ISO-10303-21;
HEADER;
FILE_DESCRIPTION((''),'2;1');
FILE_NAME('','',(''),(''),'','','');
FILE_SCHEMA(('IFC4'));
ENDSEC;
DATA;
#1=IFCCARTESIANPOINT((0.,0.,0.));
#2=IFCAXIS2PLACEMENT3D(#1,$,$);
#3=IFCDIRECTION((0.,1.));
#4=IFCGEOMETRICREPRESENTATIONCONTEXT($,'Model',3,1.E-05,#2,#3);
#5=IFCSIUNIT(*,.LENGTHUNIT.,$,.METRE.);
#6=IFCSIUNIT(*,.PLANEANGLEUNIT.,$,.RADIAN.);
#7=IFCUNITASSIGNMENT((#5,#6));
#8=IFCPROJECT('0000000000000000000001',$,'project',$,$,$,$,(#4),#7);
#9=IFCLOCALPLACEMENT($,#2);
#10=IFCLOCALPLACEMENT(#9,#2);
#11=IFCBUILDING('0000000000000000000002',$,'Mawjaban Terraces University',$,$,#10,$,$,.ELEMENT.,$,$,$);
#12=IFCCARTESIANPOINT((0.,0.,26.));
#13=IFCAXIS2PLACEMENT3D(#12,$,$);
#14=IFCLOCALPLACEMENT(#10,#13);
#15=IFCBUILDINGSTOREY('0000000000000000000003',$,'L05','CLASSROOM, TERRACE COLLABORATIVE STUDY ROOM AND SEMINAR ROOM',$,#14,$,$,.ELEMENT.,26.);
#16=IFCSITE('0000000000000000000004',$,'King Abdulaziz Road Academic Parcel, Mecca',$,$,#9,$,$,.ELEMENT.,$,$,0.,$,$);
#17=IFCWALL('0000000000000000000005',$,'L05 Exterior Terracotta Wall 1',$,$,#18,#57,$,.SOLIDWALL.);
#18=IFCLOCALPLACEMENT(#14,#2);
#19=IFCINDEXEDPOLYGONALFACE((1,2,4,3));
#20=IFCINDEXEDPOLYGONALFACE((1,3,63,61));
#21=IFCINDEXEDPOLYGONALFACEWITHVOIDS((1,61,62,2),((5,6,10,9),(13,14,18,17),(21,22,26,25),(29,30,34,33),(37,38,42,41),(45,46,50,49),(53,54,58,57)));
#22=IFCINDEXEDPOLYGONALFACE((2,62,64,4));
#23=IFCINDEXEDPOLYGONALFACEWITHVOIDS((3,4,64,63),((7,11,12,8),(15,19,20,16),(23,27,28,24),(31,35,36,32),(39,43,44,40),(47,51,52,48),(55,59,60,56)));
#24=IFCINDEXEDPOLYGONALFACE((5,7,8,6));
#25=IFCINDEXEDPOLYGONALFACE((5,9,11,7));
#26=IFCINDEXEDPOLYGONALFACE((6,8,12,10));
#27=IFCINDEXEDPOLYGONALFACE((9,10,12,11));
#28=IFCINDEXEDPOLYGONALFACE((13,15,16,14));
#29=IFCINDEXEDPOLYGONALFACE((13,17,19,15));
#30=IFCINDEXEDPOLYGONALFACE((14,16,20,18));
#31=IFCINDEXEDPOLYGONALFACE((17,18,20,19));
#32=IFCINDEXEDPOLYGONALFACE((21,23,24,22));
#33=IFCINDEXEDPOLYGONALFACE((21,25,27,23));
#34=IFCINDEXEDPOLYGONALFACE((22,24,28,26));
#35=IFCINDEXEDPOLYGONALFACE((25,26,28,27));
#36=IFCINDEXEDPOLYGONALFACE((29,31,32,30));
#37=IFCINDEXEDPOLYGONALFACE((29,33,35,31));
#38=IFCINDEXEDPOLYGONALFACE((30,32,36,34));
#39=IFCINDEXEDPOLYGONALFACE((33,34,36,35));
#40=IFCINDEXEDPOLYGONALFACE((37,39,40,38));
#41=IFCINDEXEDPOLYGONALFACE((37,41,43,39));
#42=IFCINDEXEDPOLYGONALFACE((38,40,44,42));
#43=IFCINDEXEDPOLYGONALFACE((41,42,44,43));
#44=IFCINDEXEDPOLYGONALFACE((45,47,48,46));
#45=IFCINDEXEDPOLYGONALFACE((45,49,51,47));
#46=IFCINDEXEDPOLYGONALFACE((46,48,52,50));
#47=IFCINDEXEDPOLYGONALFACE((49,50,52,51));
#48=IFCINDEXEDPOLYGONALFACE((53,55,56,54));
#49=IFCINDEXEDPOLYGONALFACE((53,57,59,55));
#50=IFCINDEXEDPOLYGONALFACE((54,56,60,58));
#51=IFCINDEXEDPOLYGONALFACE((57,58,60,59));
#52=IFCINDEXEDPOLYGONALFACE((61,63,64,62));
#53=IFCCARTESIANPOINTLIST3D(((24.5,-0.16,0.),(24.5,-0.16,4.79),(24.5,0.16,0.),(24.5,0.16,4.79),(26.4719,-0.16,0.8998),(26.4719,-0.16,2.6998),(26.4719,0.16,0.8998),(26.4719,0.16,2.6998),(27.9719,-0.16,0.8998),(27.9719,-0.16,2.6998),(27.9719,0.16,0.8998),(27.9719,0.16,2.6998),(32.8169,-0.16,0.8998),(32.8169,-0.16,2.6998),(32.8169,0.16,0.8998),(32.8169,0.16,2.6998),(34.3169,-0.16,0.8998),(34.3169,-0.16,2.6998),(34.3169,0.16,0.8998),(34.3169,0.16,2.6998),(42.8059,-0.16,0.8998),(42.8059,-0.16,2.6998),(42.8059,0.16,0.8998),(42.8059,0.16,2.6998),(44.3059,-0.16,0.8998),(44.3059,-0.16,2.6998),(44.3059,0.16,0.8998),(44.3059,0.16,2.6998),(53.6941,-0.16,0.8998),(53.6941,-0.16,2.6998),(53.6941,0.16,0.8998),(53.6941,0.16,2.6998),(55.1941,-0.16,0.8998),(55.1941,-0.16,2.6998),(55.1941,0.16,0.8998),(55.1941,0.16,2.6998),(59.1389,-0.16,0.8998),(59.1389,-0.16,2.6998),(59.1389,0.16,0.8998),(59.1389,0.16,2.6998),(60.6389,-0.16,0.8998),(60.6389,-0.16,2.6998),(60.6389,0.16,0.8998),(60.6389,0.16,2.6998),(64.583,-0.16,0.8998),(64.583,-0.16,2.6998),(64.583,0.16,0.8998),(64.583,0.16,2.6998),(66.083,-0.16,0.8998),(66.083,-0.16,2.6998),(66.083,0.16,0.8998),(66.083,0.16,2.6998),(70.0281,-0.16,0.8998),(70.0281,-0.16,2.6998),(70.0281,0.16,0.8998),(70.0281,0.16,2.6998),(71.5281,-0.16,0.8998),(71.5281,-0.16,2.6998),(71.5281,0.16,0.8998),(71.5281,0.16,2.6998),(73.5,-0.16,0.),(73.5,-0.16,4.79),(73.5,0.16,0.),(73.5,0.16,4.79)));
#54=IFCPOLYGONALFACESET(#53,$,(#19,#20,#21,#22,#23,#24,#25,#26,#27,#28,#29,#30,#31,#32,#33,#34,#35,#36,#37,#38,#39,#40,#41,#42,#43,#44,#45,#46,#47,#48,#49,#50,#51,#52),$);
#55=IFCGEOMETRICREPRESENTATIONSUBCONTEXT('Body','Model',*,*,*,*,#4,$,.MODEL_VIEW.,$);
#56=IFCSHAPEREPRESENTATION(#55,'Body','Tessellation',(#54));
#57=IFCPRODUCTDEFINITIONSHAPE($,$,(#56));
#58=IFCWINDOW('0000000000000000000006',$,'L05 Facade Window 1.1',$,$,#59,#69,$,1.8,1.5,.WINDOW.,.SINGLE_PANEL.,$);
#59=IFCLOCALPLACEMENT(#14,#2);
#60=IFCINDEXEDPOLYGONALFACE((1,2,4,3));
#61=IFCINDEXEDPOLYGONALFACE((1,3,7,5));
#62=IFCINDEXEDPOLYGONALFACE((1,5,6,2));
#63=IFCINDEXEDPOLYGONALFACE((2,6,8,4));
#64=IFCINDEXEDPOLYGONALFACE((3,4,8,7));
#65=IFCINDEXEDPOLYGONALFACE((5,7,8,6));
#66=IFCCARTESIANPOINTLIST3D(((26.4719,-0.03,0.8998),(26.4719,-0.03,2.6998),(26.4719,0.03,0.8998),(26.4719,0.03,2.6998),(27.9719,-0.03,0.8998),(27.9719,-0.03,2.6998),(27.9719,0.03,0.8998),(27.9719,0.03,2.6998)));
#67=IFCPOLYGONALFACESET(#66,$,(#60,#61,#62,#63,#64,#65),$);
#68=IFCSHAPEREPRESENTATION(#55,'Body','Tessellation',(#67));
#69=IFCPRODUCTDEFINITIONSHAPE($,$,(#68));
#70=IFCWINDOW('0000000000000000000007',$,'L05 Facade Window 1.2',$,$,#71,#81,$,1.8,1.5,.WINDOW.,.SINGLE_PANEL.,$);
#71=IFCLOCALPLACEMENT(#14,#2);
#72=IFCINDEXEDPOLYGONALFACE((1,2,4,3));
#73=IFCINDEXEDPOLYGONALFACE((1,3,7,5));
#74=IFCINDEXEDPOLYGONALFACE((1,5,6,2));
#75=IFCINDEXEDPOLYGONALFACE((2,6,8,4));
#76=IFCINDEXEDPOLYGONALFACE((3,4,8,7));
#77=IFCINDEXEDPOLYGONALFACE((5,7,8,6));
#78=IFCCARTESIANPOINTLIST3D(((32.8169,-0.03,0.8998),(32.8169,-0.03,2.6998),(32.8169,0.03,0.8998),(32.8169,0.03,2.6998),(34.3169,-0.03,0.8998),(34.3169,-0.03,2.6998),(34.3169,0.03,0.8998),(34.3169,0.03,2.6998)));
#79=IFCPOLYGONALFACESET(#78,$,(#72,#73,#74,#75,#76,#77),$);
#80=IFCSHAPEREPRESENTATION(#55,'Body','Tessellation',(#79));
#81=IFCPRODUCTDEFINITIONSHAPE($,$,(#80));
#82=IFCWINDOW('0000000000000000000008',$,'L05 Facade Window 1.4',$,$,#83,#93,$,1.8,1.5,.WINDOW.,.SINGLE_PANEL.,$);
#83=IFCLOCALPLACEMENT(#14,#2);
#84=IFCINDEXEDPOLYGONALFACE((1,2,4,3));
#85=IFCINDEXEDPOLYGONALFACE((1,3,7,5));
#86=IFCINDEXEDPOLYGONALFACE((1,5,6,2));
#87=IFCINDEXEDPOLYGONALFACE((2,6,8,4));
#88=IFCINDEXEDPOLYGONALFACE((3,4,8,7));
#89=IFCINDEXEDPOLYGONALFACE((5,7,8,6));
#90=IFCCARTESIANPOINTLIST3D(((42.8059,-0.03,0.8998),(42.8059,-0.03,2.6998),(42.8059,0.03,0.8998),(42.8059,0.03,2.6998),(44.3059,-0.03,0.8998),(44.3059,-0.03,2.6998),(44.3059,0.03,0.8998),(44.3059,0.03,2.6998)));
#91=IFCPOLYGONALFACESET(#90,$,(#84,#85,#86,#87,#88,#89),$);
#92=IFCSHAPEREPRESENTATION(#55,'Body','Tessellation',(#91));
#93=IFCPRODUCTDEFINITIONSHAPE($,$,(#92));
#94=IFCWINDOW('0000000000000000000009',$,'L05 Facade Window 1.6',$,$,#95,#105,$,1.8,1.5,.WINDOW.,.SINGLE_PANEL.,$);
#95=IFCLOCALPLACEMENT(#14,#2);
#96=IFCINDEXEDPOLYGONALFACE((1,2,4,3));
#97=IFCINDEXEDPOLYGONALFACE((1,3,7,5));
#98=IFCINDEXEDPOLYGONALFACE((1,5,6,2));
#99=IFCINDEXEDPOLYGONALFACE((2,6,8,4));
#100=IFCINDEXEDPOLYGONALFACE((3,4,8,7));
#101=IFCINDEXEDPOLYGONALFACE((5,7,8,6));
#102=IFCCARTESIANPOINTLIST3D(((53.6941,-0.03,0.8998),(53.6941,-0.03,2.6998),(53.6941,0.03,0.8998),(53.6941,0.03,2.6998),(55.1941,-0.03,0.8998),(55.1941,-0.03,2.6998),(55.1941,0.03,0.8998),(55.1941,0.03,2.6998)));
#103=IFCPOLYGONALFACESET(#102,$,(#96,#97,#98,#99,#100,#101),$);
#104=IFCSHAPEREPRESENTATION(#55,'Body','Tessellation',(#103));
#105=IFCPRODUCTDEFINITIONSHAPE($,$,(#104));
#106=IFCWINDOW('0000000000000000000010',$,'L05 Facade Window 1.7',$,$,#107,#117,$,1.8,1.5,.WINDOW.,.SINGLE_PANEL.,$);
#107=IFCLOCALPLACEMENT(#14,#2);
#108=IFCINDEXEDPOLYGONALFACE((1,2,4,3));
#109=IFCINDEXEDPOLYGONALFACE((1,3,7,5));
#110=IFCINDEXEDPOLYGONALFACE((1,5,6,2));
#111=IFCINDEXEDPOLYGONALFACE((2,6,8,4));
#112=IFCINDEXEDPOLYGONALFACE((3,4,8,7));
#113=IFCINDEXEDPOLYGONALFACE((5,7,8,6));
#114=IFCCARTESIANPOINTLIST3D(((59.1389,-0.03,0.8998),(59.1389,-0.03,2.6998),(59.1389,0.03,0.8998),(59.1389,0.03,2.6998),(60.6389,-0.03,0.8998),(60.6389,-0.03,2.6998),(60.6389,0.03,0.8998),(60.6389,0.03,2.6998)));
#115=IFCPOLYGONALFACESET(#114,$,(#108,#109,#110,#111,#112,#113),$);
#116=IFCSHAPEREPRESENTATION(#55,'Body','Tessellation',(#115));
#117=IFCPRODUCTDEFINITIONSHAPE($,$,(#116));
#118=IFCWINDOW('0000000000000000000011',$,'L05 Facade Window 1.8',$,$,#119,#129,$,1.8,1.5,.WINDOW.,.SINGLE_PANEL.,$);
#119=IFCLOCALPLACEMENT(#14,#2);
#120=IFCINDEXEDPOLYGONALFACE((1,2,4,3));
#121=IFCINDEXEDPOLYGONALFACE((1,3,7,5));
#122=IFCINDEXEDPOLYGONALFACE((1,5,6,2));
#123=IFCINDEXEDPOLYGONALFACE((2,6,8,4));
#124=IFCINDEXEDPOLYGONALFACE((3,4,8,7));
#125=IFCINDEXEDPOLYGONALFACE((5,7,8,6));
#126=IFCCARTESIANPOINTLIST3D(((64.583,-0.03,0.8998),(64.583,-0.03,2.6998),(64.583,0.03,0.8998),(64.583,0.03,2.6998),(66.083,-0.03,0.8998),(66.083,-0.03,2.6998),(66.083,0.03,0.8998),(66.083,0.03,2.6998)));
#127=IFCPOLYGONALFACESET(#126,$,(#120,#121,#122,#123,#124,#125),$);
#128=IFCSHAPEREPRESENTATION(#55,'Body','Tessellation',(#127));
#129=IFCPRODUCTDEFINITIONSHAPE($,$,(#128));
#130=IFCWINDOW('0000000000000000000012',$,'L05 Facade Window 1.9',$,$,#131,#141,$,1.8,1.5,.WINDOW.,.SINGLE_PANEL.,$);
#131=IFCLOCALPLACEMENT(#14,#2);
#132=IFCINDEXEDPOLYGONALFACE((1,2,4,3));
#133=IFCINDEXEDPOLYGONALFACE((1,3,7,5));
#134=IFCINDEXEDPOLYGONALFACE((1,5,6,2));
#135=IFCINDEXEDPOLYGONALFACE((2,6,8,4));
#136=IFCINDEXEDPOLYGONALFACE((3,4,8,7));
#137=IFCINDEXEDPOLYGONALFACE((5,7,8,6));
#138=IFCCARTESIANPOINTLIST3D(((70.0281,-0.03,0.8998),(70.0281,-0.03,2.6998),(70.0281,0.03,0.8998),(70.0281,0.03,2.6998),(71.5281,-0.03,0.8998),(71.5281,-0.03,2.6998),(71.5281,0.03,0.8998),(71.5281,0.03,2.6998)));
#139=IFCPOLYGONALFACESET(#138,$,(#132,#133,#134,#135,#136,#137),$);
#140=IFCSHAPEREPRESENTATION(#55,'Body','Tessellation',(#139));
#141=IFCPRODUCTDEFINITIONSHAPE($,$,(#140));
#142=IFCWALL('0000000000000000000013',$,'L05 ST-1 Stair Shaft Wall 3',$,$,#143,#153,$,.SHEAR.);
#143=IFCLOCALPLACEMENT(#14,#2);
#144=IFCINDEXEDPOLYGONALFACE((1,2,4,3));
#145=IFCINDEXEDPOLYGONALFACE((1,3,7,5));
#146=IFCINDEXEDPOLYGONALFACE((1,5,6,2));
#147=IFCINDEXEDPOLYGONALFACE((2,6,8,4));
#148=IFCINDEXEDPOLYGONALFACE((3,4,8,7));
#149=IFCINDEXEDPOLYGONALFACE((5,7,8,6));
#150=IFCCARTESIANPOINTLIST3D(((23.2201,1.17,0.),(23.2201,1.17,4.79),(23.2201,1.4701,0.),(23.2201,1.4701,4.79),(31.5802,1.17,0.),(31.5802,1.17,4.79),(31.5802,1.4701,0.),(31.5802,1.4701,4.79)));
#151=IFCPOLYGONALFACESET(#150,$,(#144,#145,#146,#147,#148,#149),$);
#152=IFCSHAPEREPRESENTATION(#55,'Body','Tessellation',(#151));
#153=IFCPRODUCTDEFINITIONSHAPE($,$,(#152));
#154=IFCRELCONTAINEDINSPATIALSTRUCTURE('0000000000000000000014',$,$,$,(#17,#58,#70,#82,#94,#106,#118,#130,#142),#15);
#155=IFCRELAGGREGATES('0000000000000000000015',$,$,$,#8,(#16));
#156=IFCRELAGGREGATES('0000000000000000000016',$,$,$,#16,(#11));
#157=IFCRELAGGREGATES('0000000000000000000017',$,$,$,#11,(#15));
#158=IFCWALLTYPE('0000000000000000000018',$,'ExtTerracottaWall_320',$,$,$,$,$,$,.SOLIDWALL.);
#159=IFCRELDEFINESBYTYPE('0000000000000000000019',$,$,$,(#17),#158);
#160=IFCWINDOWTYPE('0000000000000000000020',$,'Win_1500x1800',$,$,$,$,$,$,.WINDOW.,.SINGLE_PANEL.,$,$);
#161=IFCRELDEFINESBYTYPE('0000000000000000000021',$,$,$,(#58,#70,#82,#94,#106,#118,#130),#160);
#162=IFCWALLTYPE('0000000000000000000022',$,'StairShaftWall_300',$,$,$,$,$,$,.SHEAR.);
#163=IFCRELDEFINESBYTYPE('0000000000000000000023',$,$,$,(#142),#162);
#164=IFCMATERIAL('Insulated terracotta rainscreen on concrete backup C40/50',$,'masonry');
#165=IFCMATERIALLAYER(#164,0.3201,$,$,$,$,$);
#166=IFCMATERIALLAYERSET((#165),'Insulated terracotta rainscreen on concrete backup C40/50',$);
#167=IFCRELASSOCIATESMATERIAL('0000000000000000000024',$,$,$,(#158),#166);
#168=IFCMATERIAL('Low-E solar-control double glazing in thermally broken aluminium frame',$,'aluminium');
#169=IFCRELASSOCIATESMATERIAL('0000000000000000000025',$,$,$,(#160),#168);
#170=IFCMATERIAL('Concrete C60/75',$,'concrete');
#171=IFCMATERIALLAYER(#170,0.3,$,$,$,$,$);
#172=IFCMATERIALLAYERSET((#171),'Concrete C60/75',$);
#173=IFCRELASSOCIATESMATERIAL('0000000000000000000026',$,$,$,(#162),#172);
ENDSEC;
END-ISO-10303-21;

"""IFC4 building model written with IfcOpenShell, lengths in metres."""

from ifc_helpers import new_model, si_unit, direction, frame, frame_2d, origin, place, context, subcontext, project, spatial, rectangle, extrude, material, layer, layer_set, type_object, element, fill, save


model = new_model("IFC4")

# Units and contexts
model_context = context("Model", 3, precision=1e-05, world=origin(), true_north=direction((0.0, 1.0)))
body_context = subcontext(model_context, "Body", "Model", "MODEL_VIEW")
ifc_project = project(units=[si_unit("LENGTHUNIT", "METRE"), si_unit("PLANEANGLEUNIT", "RADIAN")], contexts=[model_context])

# Site, building, storey
site_placement = place(None, origin())
site = spatial("IfcSite", under=ifc_project, at=site_placement, Name="King Abdulaziz Road Academic Parcel, Mecca", CompositionType="ELEMENT", RefElevation=0.0)
building_placement = place(site_placement, origin())
building = spatial("IfcBuilding", under=site, at=building_placement, Name="Mawjaban Terraces University", CompositionType="ELEMENT")
storey_placement = place(building_placement, frame((0.0, 0.0, 26.0)))
storey = spatial("IfcBuildingStorey", under=building, at=storey_placement, Name="L05", Description="CLASSROOM, TERRACE COLLABORATIVE STUDY ROOM AND SEMINAR ROOM", CompositionType="ELEMENT", Elevation=26.0)

# Wall, openings, windows
ifc_material_1 = material(Name="Insulated terracotta rainscreen on concrete backup C40/50", Category="masonry")
ifc_layer_1 = layer(ifc_material_1, 0.3201)
ifc_layer_set_1 = layer_set([ifc_layer_1], Name="Insulated terracotta rainscreen on concrete backup C40/50")
wall_type_1 = type_object("IfcWallType", Name="ExtTerracottaWall_320", PredefinedType="SOLIDWALL", material=ifc_layer_set_1)
wall_1_placement = place(storey_placement, frame((24.5, 0.0, 0.0), z_axis=(0.0, 0.0, 1.0), x_axis=(1.0, 0.0, 0.0)))
wall_1 = element("IfcWall", 1, at=wall_1_placement, inside=storey, type_object=wall_type_1, Name="L05 Exterior Terracotta Wall 1", PredefinedType="SOLIDWALL", context=body_context, shape_type="SweptSolid", body=[
    extrude(rectangle(XDim=49.0, YDim=0.3201, at=frame_2d((24.5, 0.0))), origin(), (0.0, 0.0, 1.0), 4.79),
])
opening_1_placement = place(wall_1_placement, frame((1.9719, 0.0, 0.8999)))
opening_1 = element("IfcOpeningElement", 2, at=opening_1_placement, cuts=wall_1, PredefinedType="OPENING", context=body_context, shape_type="SweptSolid", body=[
    extrude(rectangle(XDim=1.5, YDim=1.8, at=frame_2d((0.75, 0.8999))), frame((0.0, 0.1699, 0.0), z_axis=(0.0, -1.0, 0.0), x_axis=(1.0, 0.0, 0.0)), (0.0, 0.0, 1.0), 0.3401),
])
opening_2_placement = place(wall_1_placement, frame((8.3169, 0.0, 0.8999)))
opening_2 = element("IfcOpeningElement", 3, at=opening_2_placement, cuts=wall_1, PredefinedType="OPENING", context=body_context, shape_type="SweptSolid", body=[
    extrude(rectangle(XDim=1.5, YDim=1.8, at=frame_2d((0.75, 0.8999))), frame((0.0, 0.1699, 0.0), z_axis=(0.0, -1.0, 0.0), x_axis=(1.0, 0.0, 0.0)), (0.0, 0.0, 1.0), 0.3401),
])
opening_3_placement = place(wall_1_placement, frame((18.3059, 0.0, 0.8999)))
opening_3 = element("IfcOpeningElement", 4, at=opening_3_placement, cuts=wall_1, PredefinedType="OPENING", context=body_context, shape_type="SweptSolid", body=[
    extrude(rectangle(XDim=1.5, YDim=1.8, at=frame_2d((0.75, 0.8999))), frame((0.0, 0.1699, 0.0), z_axis=(0.0, -1.0, 0.0), x_axis=(1.0, 0.0, 0.0)), (0.0, 0.0, 1.0), 0.3401),
])
opening_4_placement = place(wall_1_placement, frame((29.1941, 0.0, 0.8999)))
opening_4 = element("IfcOpeningElement", 5, at=opening_4_placement, cuts=wall_1, PredefinedType="OPENING", context=body_context, shape_type="SweptSolid", body=[
    extrude(rectangle(XDim=1.5, YDim=1.8, at=frame_2d((0.75, 0.8999))), frame((0.0, 0.1699, 0.0), z_axis=(0.0, -1.0, 0.0), x_axis=(1.0, 0.0, 0.0)), (0.0, 0.0, 1.0), 0.3401),
])
opening_5_placement = place(wall_1_placement, frame((34.6389, 0.0, 0.8999)))
opening_5 = element("IfcOpeningElement", 6, at=opening_5_placement, cuts=wall_1, PredefinedType="OPENING", context=body_context, shape_type="SweptSolid", body=[
    extrude(rectangle(XDim=1.5, YDim=1.8, at=frame_2d((0.75, 0.8999))), frame((0.0, 0.1699, 0.0), z_axis=(0.0, -1.0, 0.0), x_axis=(1.0, 0.0, 0.0)), (0.0, 0.0, 1.0), 0.3401),
])
opening_6_placement = place(wall_1_placement, frame((40.083, 0.0, 0.8999)))
opening_6 = element("IfcOpeningElement", 7, at=opening_6_placement, cuts=wall_1, PredefinedType="OPENING", context=body_context, shape_type="SweptSolid", body=[
    extrude(rectangle(XDim=1.5, YDim=1.8, at=frame_2d((0.75, 0.8999))), frame((0.0, 0.1699, 0.0), z_axis=(0.0, -1.0, 0.0), x_axis=(1.0, 0.0, 0.0)), (0.0, 0.0, 1.0), 0.3401),
])
opening_7_placement = place(wall_1_placement, frame((45.5281, 0.0, 0.8999)))
opening_7 = element("IfcOpeningElement", 8, at=opening_7_placement, cuts=wall_1, PredefinedType="OPENING", context=body_context, shape_type="SweptSolid", body=[
    extrude(rectangle(XDim=1.5, YDim=1.8, at=frame_2d((0.75, 0.8999))), frame((0.0, 0.1699, 0.0), z_axis=(0.0, -1.0, 0.0), x_axis=(1.0, 0.0, 0.0)), (0.0, 0.0, 1.0), 0.3401),
])
ifc_material_2 = material(Name="Low-E solar-control double glazing in thermally broken aluminium frame", Category="aluminium")
window_type = type_object("IfcWindowType", Name="Win_1500x1800", PartitioningType="SINGLE_PANEL", PredefinedType="WINDOW", material=ifc_material_2)
window_1_placement = place(opening_1_placement, origin())
window_1 = element("IfcWindow", 9, at=window_1_placement, inside=storey, type_object=window_type, Name="L05 Facade Window 1.1", OverallHeight=1.8, OverallWidth=1.5, PartitioningType="SINGLE_PANEL", PredefinedType="WINDOW", context=body_context, shape_type="SweptSolid", body=[
    extrude(rectangle(XDim=1.5, YDim=1.8, at=frame_2d((0.75, 0.8999))), frame((0.0, 0.03, 0.0), z_axis=(0.0, -1.0, 0.0), x_axis=(1.0, 0.0, 0.0)), (0.0, 0.0, 1.0), 0.0601),
])
fill(opening_1, window_1)
window_2_placement = place(opening_2_placement, origin())
window_2 = element("IfcWindow", 10, at=window_2_placement, inside=storey, type_object=window_type, Name="L05 Facade Window 1.2", OverallHeight=1.8, OverallWidth=1.5, PartitioningType="SINGLE_PANEL", PredefinedType="WINDOW", context=body_context, shape_type="SweptSolid", body=[
    extrude(rectangle(XDim=1.5, YDim=1.8, at=frame_2d((0.75, 0.8999))), frame((0.0, 0.03, 0.0), z_axis=(0.0, -1.0, 0.0), x_axis=(1.0, 0.0, 0.0)), (0.0, 0.0, 1.0), 0.0601),
])
fill(opening_2, window_2)
window_3_placement = place(opening_3_placement, origin())
window_3 = element("IfcWindow", 11, at=window_3_placement, inside=storey, type_object=window_type, Name="L05 Facade Window 1.4", OverallHeight=1.8, OverallWidth=1.5, PartitioningType="SINGLE_PANEL", PredefinedType="WINDOW", context=body_context, shape_type="SweptSolid", body=[
    extrude(rectangle(XDim=1.5, YDim=1.8, at=frame_2d((0.75, 0.8999))), frame((0.0, 0.03, 0.0), z_axis=(0.0, -1.0, 0.0), x_axis=(1.0, 0.0, 0.0)), (0.0, 0.0, 1.0), 0.0601),
])
fill(opening_3, window_3)
window_4_placement = place(opening_4_placement, origin())
window_4 = element("IfcWindow", 12, at=window_4_placement, inside=storey, type_object=window_type, Name="L05 Facade Window 1.6", OverallHeight=1.8, OverallWidth=1.5, PartitioningType="SINGLE_PANEL", PredefinedType="WINDOW", context=body_context, shape_type="SweptSolid", body=[
    extrude(rectangle(XDim=1.5, YDim=1.8, at=frame_2d((0.75, 0.8999))), frame((0.0, 0.03, 0.0), z_axis=(0.0, -1.0, 0.0), x_axis=(1.0, 0.0, 0.0)), (0.0, 0.0, 1.0), 0.0601),
])
fill(opening_4, window_4)
window_5_placement = place(opening_5_placement, origin())
window_5 = element("IfcWindow", 13, at=window_5_placement, inside=storey, type_object=window_type, Name="L05 Facade Window 1.7", OverallHeight=1.8, OverallWidth=1.5, PartitioningType="SINGLE_PANEL", PredefinedType="WINDOW", context=body_context, shape_type="SweptSolid", body=[
    extrude(rectangle(XDim=1.5, YDim=1.8, at=frame_2d((0.75, 0.8999))), frame((0.0, 0.03, 0.0), z_axis=(0.0, -1.0, 0.0), x_axis=(1.0, 0.0, 0.0)), (0.0, 0.0, 1.0), 0.0601),
])
fill(opening_5, window_5)
window_6_placement = place(opening_6_placement, origin())
window_6 = element("IfcWindow", 14, at=window_6_placement, inside=storey, type_object=window_type, Name="L05 Facade Window 1.8", OverallHeight=1.8, OverallWidth=1.5, PartitioningType="SINGLE_PANEL", PredefinedType="WINDOW", context=body_context, shape_type="SweptSolid", body=[
    extrude(rectangle(XDim=1.5, YDim=1.8, at=frame_2d((0.75, 0.8999))), frame((0.0, 0.03, 0.0), z_axis=(0.0, -1.0, 0.0), x_axis=(1.0, 0.0, 0.0)), (0.0, 0.0, 1.0), 0.0601),
])
fill(opening_6, window_6)
window_7_placement = place(opening_7_placement, origin())
window_7 = element("IfcWindow", 15, at=window_7_placement, inside=storey, type_object=window_type, Name="L05 Facade Window 1.9", OverallHeight=1.8, OverallWidth=1.5, PartitioningType="SINGLE_PANEL", PredefinedType="WINDOW", context=body_context, shape_type="SweptSolid", body=[
    extrude(rectangle(XDim=1.5, YDim=1.8, at=frame_2d((0.75, 0.8999))), frame((0.0, 0.03, 0.0), z_axis=(0.0, -1.0, 0.0), x_axis=(1.0, 0.0, 0.0)), (0.0, 0.0, 1.0), 0.0601),
])
fill(opening_7, window_7)

# Wall
ifc_material_3 = material(Name="Concrete C60/75", Category="concrete")
ifc_layer_2 = layer(ifc_material_3, 0.3)
ifc_layer_set_2 = layer_set([ifc_layer_2], Name="Concrete C60/75")
wall_type_2 = type_object("IfcWallType", Name="StairShaftWall_300", PredefinedType="SHEAR", material=ifc_layer_set_2)
wall_2_placement = place(storey_placement, frame((23.22, 1.3201, 0.0), z_axis=(0.0, 0.0, 1.0), x_axis=(1.0, 0.0, 0.0)))
element("IfcWall", 16, at=wall_2_placement, inside=storey, type_object=wall_type_2, Name="L05 ST-1 Stair Shaft Wall 3", PredefinedType="SHEAR", context=body_context, shape_type="SweptSolid", body=[
    extrude(rectangle(XDim=8.3601, YDim=0.3, at=frame_2d((4.1802, 0.0))), origin(), (0.0, 0.0, 1.0), 4.79),
])

save(model, "model.ifc")
